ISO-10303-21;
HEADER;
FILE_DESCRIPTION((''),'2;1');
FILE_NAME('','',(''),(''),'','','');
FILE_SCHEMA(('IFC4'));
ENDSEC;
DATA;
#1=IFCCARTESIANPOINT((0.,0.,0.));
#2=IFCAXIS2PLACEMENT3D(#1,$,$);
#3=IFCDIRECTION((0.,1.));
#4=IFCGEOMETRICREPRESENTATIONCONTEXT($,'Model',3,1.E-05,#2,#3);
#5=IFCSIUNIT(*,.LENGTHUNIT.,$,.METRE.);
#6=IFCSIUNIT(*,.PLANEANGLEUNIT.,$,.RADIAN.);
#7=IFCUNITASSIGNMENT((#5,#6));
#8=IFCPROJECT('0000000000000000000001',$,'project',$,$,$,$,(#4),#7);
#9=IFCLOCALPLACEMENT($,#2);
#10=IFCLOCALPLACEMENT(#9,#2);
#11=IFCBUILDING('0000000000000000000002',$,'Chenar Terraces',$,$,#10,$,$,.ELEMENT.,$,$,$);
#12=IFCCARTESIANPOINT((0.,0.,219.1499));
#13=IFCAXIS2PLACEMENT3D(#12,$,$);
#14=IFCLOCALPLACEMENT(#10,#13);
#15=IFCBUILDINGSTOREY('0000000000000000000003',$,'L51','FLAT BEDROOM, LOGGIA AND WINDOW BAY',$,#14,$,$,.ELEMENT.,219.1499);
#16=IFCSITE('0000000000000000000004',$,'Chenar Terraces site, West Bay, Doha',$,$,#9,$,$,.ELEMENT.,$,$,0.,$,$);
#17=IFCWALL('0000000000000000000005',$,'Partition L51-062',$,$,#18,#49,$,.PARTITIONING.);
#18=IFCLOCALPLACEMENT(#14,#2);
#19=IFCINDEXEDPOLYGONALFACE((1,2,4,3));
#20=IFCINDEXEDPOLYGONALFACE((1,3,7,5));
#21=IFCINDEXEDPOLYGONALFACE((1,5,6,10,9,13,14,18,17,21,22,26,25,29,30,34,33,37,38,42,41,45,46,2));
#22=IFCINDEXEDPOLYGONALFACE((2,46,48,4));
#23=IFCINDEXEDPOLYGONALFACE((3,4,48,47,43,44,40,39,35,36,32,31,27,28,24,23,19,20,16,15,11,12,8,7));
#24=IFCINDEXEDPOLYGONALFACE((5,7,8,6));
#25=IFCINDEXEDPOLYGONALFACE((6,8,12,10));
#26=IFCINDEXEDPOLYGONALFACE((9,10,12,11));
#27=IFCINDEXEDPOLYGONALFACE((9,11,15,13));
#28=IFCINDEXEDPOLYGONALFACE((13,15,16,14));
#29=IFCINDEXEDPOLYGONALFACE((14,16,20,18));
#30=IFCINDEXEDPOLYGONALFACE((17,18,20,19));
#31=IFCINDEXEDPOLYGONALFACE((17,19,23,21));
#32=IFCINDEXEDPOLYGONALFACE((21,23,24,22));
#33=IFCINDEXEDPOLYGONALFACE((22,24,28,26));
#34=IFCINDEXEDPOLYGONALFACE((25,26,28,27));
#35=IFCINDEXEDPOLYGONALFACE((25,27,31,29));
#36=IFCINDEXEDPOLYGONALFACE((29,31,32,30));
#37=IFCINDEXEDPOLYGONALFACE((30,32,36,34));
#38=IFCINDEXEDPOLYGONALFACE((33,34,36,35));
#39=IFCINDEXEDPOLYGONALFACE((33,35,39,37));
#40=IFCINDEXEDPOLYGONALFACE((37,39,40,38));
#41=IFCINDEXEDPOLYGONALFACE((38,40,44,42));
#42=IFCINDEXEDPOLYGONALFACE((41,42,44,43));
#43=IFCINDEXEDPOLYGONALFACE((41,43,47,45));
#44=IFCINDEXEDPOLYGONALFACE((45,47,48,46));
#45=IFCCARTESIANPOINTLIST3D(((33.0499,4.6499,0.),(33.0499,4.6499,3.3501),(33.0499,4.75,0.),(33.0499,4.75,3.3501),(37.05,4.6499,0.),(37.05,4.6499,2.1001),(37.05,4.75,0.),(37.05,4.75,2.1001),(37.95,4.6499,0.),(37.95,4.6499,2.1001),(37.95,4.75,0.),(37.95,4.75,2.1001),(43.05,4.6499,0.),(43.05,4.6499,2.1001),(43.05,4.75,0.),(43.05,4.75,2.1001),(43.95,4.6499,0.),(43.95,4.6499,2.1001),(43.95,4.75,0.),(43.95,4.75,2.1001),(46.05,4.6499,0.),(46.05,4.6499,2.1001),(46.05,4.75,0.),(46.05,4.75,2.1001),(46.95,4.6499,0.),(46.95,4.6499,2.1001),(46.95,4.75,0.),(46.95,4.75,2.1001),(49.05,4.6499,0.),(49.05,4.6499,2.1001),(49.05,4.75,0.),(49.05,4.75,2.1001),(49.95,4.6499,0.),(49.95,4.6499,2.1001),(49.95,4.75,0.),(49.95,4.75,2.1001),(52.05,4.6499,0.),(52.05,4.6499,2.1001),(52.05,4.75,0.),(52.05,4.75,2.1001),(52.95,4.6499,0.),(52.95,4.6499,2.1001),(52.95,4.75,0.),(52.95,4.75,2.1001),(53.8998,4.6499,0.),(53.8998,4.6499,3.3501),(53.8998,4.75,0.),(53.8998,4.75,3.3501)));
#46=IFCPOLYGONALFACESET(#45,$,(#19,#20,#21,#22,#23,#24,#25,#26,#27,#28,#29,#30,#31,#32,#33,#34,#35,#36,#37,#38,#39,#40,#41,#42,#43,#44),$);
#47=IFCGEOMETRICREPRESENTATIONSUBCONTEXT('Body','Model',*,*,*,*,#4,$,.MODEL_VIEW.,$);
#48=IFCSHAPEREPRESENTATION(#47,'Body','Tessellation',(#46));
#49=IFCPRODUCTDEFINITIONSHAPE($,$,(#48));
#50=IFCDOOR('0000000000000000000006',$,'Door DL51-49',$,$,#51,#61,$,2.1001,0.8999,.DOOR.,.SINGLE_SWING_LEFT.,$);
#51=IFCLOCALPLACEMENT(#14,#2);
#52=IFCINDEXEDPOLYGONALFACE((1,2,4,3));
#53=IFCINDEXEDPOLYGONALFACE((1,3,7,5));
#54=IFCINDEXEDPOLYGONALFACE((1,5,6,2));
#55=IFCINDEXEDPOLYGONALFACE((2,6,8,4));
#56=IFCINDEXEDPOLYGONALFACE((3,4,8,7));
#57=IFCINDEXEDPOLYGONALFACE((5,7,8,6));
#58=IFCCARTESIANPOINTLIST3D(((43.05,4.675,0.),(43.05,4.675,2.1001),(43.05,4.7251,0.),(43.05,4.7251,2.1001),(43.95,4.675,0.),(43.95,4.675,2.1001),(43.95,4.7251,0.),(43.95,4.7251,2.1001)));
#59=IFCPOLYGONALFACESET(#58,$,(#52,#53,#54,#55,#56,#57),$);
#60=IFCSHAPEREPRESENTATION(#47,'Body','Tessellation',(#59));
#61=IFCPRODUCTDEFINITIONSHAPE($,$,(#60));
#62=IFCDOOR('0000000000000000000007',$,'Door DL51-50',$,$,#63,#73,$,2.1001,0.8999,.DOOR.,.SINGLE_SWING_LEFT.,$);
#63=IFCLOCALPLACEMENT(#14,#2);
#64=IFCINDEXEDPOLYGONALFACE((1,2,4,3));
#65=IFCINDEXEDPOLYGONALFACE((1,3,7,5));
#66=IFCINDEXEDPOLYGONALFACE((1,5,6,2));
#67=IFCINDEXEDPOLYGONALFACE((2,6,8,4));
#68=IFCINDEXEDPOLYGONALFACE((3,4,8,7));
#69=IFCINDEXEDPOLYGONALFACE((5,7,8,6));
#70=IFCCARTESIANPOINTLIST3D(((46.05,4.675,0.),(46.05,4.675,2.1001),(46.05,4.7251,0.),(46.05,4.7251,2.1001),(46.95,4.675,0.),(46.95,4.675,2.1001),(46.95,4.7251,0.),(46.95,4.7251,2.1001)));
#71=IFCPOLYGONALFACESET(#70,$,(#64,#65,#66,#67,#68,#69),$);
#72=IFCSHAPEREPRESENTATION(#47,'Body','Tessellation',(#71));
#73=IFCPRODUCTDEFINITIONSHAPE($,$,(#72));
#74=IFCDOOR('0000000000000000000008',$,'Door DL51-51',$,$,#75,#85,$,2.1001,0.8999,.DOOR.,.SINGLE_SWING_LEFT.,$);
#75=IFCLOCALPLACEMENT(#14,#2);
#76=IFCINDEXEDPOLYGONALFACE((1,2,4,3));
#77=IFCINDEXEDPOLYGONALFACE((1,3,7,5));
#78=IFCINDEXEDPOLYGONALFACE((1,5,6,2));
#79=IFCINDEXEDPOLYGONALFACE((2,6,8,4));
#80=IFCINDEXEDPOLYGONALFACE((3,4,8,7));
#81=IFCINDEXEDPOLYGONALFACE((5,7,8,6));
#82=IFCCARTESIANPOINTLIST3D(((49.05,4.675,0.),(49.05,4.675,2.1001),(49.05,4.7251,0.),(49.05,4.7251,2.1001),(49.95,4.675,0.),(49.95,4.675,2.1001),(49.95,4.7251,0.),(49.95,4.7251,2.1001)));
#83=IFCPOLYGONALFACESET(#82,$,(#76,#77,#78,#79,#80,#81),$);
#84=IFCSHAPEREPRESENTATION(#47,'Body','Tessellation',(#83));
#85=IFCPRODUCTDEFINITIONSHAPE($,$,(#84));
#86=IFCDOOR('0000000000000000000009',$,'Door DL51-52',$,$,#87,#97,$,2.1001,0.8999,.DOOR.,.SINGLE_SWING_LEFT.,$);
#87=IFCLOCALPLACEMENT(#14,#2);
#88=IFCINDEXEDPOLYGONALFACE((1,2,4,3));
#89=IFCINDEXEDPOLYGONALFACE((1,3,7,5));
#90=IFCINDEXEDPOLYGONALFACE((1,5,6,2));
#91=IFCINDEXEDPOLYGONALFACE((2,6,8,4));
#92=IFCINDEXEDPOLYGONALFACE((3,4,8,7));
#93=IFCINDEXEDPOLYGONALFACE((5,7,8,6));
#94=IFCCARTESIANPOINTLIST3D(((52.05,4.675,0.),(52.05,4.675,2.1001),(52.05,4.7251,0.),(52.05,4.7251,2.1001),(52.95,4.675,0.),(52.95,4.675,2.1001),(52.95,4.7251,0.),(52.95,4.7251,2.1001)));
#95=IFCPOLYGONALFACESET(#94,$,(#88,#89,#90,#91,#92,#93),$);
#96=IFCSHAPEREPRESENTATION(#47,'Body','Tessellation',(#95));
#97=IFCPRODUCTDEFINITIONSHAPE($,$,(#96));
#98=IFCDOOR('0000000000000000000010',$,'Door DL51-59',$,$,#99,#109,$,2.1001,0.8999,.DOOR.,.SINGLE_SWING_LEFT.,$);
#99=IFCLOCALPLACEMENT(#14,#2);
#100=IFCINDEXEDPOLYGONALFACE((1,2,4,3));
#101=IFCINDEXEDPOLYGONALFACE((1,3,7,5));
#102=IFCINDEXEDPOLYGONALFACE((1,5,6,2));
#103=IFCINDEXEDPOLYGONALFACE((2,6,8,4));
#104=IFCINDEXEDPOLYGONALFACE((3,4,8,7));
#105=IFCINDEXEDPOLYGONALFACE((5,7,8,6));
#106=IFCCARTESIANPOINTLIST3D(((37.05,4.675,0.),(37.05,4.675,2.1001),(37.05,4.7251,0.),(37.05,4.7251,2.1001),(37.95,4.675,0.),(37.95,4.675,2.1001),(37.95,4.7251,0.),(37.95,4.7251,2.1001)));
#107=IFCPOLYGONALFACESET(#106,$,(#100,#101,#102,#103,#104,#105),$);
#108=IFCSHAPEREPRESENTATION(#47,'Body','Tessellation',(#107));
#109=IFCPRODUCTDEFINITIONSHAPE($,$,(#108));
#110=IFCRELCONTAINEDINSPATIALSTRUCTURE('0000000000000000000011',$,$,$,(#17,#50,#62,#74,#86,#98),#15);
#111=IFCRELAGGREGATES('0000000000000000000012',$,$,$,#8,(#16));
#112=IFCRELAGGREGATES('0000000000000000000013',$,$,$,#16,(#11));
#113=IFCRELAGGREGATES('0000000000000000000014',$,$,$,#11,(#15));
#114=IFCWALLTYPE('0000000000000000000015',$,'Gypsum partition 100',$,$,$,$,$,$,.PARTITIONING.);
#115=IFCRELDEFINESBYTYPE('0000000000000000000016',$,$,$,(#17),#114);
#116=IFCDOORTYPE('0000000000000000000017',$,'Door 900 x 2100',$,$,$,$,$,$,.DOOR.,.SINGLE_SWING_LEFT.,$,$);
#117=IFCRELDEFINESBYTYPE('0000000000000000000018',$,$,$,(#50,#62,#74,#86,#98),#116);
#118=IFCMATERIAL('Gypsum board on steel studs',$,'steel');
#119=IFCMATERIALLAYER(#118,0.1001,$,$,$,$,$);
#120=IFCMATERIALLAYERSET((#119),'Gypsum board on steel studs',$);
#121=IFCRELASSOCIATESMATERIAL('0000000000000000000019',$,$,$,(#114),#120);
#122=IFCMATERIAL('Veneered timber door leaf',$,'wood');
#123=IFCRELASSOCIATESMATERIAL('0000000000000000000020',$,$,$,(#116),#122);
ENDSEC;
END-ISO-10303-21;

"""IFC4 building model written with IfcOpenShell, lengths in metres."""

from ifc_helpers import new_model, si_unit, direction, frame, frame_2d, origin, place, context, subcontext, project, spatial, rectangle, extrude, material, layer, layer_set, type_object, element, fill, save


model = new_model("IFC4")

# Units and contexts
model_context = context("Model", 3, precision=1e-05, world=origin(), true_north=direction((0.0, 1.0)))
body_context = subcontext(model_context, "Body", "Model", "MODEL_VIEW")
ifc_project = project(units=[si_unit("LENGTHUNIT", "METRE"), si_unit("PLANEANGLEUNIT", "RADIAN")], contexts=[model_context])

# Site, building, storey
site_placement = place(None, origin())
site = spatial("IfcSite", under=ifc_project, at=site_placement, Name="Chenar Terraces site, West Bay, Doha", CompositionType="ELEMENT", RefElevation=0.0)
building_placement = place(site_placement, origin())
building = spatial("IfcBuilding", under=site, at=building_placement, Name="Chenar Terraces", CompositionType="ELEMENT")
storey_placement = place(building_placement, frame((0.0, 0.0, 219.1499)))
storey = spatial("IfcBuildingStorey", under=building, at=storey_placement, Name="L51", Description="FLAT BEDROOM, LOGGIA AND WINDOW BAY", CompositionType="ELEMENT", Elevation=219.1499)

# Wall, openings, doors
ifc_material_1 = material(Name="Gypsum board on steel studs", Category="steel")
ifc_layer_1 = layer(ifc_material_1, 0.1001)
ifc_layer_set_1 = layer_set([ifc_layer_1], Name="Gypsum board on steel studs")
wall_type_1 = type_object("IfcWallType", Name="Gypsum partition 100", PredefinedType="PARTITIONING", material=ifc_layer_set_1)
wall_1_placement = place(storey_placement, frame((33.05, 4.7, 0.0), z_axis=(0.0, 0.0, 1.0), x_axis=(1.0, 0.0, 0.0)))
wall_1 = element("IfcWall", 1, at=wall_1_placement, inside=storey, type_object=wall_type_1, Name="Partition L51-062", PredefinedType="PARTITIONING", context=body_context, shape_type="SweptSolid", body=[
    extrude(rectangle(XDim=20.8499, YDim=0.1001, at=frame_2d((10.4248, 0.0))), origin(), (0.0, 0.0, 1.0), 3.3501),
])
opening_1_placement = place(wall_1_placement, frame((10.0, 0.0, 0.0)))
opening_1 = element("IfcOpeningElement", 2, at=opening_1_placement, cuts=wall_1, PredefinedType="OPENING", context=body_context, shape_type="SweptSolid", body=[
    extrude(rectangle(XDim=0.8999, YDim=2.1001, at=frame_2d((0.45, 1.05))), frame((0.0, 0.0601, 0.0), z_axis=(0.0, -1.0, 0.0), x_axis=(1.0, 0.0, 0.0)), (0.0, 0.0, 1.0), 0.1201),
])
opening_2_placement = place(wall_1_placement, frame((13.0, 0.0, 0.0)))
opening_2 = element("IfcOpeningElement", 3, at=opening_2_placement, cuts=wall_1, PredefinedType="OPENING", context=body_context, shape_type="SweptSolid", body=[
    extrude(rectangle(XDim=0.8999, YDim=2.1001, at=frame_2d((0.45, 1.05))), frame((0.0, 0.0601, 0.0), z_axis=(0.0, -1.0, 0.0), x_axis=(1.0, 0.0, 0.0)), (0.0, 0.0, 1.0), 0.1201),
])
opening_3_placement = place(wall_1_placement, frame((16.0, 0.0, 0.0)))
opening_3 = element("IfcOpeningElement", 4, at=opening_3_placement, cuts=wall_1, PredefinedType="OPENING", context=body_context, shape_type="SweptSolid", body=[
    extrude(rectangle(XDim=0.8999, YDim=2.1001, at=frame_2d((0.45, 1.05))), frame((0.0, 0.0601, 0.0), z_axis=(0.0, -1.0, 0.0), x_axis=(1.0, 0.0, 0.0)), (0.0, 0.0, 1.0), 0.1201),
])
opening_4_placement = place(wall_1_placement, frame((19.0, 0.0, 0.0)))
opening_4 = element("IfcOpeningElement", 5, at=opening_4_placement, cuts=wall_1, PredefinedType="OPENING", context=body_context, shape_type="SweptSolid", body=[
    extrude(rectangle(XDim=0.8999, YDim=2.1001, at=frame_2d((0.45, 1.05))), frame((0.0, 0.0601, 0.0), z_axis=(0.0, -1.0, 0.0), x_axis=(1.0, 0.0, 0.0)), (0.0, 0.0, 1.0), 0.1201),
])
opening_5_placement = place(wall_1_placement, frame((4.0, 0.0, 0.0)))
opening_5 = element("IfcOpeningElement", 6, at=opening_5_placement, cuts=wall_1, PredefinedType="OPENING", context=body_context, shape_type="SweptSolid", body=[
    extrude(rectangle(XDim=0.8999, YDim=2.1001, at=frame_2d((0.45, 1.05))), frame((0.0, 0.0601, 0.0), z_axis=(0.0, -1.0, 0.0), x_axis=(1.0, 0.0, 0.0)), (0.0, 0.0, 1.0), 0.1201),
])
ifc_material_2 = material(Name="Veneered timber door leaf", Category="wood")
door_type_1 = type_object("IfcDoorType", Name="Door 900 x 2100", OperationType="SINGLE_SWING_LEFT", PredefinedType="DOOR", material=ifc_material_2)
door_1_placement = place(opening_1_placement, frame((0.8999, 0.0, 0.0), z_axis=(0.0, 0.0, 1.0), x_axis=(-1.0, 0.0, 0.0)))
door_1 = element("IfcDoor", 7, at=door_1_placement, inside=storey, type_object=door_type_1, Name="Door DL51-49", OperationType="SINGLE_SWING_LEFT", OverallHeight=2.1001, OverallWidth=0.8999, PredefinedType="DOOR", context=body_context, shape_type="SweptSolid", body=[
    extrude(rectangle(XDim=0.8999, YDim=2.1001, at=frame_2d((0.45, 1.05))), frame((0.0, 0.0249, 0.0), z_axis=(0.0, -1.0, 0.0), x_axis=(1.0, 0.0, 0.0)), (0.0, 0.0, 1.0), 0.05),
])
fill(opening_1, door_1)
door_2_placement = place(opening_2_placement, frame((0.8999, 0.0, 0.0), z_axis=(0.0, 0.0, 1.0), x_axis=(-1.0, 0.0, 0.0)))
door_2 = element("IfcDoor", 8, at=door_2_placement, inside=storey, type_object=door_type_1, Name="Door DL51-50", OperationType="SINGLE_SWING_LEFT", OverallHeight=2.1001, OverallWidth=0.8999, PredefinedType="DOOR", context=body_context, shape_type="SweptSolid", body=[
    extrude(rectangle(XDim=0.8999, YDim=2.1001, at=frame_2d((0.45, 1.05))), frame((0.0, 0.0249, 0.0), z_axis=(0.0, -1.0, 0.0), x_axis=(1.0, 0.0, 0.0)), (0.0, 0.0, 1.0), 0.05),
])
fill(opening_2, door_2)
door_3_placement = place(opening_3_placement, frame((0.8999, 0.0, 0.0), z_axis=(0.0, 0.0, 1.0), x_axis=(-1.0, 0.0, 0.0)))
door_3 = element("IfcDoor", 9, at=door_3_placement, inside=storey, type_object=door_type_1, Name="Door DL51-51", OperationType="SINGLE_SWING_LEFT", OverallHeight=2.1001, OverallWidth=0.8999, PredefinedType="DOOR", context=body_context, shape_type="SweptSolid", body=[
    extrude(rectangle(XDim=0.8999, YDim=2.1001, at=frame_2d((0.45, 1.05))), frame((0.0, 0.0249, 0.0), z_axis=(0.0, -1.0, 0.0), x_axis=(1.0, 0.0, 0.0)), (0.0, 0.0, 1.0), 0.05),
])
fill(opening_3, door_3)
door_4_placement = place(opening_4_placement, frame((0.8999, 0.0, 0.0), z_axis=(0.0, 0.0, 1.0), x_axis=(-1.0, 0.0, 0.0)))
door_4 = element("IfcDoor", 10, at=door_4_placement, inside=storey, type_object=door_type_1, Name="Door DL51-52", OperationType="SINGLE_SWING_LEFT", OverallHeight=2.1001, OverallWidth=0.8999, PredefinedType="DOOR", context=body_context, shape_type="SweptSolid", body=[
    extrude(rectangle(XDim=0.8999, YDim=2.1001, at=frame_2d((0.45, 1.05))), frame((0.0, 0.0249, 0.0), z_axis=(0.0, -1.0, 0.0), x_axis=(1.0, 0.0, 0.0)), (0.0, 0.0, 1.0), 0.05),
])
fill(opening_4, door_4)
door_5_placement = place(opening_5_placement, frame((0.8999, 0.0, 0.0), z_axis=(0.0, 0.0, 1.0), x_axis=(-1.0, 0.0, 0.0)))
door_5 = element("IfcDoor", 11, at=door_5_placement, inside=storey, type_object=door_type_1, Name="Door DL51-59", OperationType="SINGLE_SWING_LEFT", OverallHeight=2.1001, OverallWidth=0.8999, PredefinedType="DOOR", context=body_context, shape_type="SweptSolid", body=[
    extrude(rectangle(XDim=0.8999, YDim=2.1001, at=frame_2d((0.45, 1.05))), frame((0.0, 0.0249, 0.0), z_axis=(0.0, -1.0, 0.0), x_axis=(1.0, 0.0, 0.0)), (0.0, 0.0, 1.0), 0.05),
])
fill(opening_5, door_5)

save(model, "model.ifc")
